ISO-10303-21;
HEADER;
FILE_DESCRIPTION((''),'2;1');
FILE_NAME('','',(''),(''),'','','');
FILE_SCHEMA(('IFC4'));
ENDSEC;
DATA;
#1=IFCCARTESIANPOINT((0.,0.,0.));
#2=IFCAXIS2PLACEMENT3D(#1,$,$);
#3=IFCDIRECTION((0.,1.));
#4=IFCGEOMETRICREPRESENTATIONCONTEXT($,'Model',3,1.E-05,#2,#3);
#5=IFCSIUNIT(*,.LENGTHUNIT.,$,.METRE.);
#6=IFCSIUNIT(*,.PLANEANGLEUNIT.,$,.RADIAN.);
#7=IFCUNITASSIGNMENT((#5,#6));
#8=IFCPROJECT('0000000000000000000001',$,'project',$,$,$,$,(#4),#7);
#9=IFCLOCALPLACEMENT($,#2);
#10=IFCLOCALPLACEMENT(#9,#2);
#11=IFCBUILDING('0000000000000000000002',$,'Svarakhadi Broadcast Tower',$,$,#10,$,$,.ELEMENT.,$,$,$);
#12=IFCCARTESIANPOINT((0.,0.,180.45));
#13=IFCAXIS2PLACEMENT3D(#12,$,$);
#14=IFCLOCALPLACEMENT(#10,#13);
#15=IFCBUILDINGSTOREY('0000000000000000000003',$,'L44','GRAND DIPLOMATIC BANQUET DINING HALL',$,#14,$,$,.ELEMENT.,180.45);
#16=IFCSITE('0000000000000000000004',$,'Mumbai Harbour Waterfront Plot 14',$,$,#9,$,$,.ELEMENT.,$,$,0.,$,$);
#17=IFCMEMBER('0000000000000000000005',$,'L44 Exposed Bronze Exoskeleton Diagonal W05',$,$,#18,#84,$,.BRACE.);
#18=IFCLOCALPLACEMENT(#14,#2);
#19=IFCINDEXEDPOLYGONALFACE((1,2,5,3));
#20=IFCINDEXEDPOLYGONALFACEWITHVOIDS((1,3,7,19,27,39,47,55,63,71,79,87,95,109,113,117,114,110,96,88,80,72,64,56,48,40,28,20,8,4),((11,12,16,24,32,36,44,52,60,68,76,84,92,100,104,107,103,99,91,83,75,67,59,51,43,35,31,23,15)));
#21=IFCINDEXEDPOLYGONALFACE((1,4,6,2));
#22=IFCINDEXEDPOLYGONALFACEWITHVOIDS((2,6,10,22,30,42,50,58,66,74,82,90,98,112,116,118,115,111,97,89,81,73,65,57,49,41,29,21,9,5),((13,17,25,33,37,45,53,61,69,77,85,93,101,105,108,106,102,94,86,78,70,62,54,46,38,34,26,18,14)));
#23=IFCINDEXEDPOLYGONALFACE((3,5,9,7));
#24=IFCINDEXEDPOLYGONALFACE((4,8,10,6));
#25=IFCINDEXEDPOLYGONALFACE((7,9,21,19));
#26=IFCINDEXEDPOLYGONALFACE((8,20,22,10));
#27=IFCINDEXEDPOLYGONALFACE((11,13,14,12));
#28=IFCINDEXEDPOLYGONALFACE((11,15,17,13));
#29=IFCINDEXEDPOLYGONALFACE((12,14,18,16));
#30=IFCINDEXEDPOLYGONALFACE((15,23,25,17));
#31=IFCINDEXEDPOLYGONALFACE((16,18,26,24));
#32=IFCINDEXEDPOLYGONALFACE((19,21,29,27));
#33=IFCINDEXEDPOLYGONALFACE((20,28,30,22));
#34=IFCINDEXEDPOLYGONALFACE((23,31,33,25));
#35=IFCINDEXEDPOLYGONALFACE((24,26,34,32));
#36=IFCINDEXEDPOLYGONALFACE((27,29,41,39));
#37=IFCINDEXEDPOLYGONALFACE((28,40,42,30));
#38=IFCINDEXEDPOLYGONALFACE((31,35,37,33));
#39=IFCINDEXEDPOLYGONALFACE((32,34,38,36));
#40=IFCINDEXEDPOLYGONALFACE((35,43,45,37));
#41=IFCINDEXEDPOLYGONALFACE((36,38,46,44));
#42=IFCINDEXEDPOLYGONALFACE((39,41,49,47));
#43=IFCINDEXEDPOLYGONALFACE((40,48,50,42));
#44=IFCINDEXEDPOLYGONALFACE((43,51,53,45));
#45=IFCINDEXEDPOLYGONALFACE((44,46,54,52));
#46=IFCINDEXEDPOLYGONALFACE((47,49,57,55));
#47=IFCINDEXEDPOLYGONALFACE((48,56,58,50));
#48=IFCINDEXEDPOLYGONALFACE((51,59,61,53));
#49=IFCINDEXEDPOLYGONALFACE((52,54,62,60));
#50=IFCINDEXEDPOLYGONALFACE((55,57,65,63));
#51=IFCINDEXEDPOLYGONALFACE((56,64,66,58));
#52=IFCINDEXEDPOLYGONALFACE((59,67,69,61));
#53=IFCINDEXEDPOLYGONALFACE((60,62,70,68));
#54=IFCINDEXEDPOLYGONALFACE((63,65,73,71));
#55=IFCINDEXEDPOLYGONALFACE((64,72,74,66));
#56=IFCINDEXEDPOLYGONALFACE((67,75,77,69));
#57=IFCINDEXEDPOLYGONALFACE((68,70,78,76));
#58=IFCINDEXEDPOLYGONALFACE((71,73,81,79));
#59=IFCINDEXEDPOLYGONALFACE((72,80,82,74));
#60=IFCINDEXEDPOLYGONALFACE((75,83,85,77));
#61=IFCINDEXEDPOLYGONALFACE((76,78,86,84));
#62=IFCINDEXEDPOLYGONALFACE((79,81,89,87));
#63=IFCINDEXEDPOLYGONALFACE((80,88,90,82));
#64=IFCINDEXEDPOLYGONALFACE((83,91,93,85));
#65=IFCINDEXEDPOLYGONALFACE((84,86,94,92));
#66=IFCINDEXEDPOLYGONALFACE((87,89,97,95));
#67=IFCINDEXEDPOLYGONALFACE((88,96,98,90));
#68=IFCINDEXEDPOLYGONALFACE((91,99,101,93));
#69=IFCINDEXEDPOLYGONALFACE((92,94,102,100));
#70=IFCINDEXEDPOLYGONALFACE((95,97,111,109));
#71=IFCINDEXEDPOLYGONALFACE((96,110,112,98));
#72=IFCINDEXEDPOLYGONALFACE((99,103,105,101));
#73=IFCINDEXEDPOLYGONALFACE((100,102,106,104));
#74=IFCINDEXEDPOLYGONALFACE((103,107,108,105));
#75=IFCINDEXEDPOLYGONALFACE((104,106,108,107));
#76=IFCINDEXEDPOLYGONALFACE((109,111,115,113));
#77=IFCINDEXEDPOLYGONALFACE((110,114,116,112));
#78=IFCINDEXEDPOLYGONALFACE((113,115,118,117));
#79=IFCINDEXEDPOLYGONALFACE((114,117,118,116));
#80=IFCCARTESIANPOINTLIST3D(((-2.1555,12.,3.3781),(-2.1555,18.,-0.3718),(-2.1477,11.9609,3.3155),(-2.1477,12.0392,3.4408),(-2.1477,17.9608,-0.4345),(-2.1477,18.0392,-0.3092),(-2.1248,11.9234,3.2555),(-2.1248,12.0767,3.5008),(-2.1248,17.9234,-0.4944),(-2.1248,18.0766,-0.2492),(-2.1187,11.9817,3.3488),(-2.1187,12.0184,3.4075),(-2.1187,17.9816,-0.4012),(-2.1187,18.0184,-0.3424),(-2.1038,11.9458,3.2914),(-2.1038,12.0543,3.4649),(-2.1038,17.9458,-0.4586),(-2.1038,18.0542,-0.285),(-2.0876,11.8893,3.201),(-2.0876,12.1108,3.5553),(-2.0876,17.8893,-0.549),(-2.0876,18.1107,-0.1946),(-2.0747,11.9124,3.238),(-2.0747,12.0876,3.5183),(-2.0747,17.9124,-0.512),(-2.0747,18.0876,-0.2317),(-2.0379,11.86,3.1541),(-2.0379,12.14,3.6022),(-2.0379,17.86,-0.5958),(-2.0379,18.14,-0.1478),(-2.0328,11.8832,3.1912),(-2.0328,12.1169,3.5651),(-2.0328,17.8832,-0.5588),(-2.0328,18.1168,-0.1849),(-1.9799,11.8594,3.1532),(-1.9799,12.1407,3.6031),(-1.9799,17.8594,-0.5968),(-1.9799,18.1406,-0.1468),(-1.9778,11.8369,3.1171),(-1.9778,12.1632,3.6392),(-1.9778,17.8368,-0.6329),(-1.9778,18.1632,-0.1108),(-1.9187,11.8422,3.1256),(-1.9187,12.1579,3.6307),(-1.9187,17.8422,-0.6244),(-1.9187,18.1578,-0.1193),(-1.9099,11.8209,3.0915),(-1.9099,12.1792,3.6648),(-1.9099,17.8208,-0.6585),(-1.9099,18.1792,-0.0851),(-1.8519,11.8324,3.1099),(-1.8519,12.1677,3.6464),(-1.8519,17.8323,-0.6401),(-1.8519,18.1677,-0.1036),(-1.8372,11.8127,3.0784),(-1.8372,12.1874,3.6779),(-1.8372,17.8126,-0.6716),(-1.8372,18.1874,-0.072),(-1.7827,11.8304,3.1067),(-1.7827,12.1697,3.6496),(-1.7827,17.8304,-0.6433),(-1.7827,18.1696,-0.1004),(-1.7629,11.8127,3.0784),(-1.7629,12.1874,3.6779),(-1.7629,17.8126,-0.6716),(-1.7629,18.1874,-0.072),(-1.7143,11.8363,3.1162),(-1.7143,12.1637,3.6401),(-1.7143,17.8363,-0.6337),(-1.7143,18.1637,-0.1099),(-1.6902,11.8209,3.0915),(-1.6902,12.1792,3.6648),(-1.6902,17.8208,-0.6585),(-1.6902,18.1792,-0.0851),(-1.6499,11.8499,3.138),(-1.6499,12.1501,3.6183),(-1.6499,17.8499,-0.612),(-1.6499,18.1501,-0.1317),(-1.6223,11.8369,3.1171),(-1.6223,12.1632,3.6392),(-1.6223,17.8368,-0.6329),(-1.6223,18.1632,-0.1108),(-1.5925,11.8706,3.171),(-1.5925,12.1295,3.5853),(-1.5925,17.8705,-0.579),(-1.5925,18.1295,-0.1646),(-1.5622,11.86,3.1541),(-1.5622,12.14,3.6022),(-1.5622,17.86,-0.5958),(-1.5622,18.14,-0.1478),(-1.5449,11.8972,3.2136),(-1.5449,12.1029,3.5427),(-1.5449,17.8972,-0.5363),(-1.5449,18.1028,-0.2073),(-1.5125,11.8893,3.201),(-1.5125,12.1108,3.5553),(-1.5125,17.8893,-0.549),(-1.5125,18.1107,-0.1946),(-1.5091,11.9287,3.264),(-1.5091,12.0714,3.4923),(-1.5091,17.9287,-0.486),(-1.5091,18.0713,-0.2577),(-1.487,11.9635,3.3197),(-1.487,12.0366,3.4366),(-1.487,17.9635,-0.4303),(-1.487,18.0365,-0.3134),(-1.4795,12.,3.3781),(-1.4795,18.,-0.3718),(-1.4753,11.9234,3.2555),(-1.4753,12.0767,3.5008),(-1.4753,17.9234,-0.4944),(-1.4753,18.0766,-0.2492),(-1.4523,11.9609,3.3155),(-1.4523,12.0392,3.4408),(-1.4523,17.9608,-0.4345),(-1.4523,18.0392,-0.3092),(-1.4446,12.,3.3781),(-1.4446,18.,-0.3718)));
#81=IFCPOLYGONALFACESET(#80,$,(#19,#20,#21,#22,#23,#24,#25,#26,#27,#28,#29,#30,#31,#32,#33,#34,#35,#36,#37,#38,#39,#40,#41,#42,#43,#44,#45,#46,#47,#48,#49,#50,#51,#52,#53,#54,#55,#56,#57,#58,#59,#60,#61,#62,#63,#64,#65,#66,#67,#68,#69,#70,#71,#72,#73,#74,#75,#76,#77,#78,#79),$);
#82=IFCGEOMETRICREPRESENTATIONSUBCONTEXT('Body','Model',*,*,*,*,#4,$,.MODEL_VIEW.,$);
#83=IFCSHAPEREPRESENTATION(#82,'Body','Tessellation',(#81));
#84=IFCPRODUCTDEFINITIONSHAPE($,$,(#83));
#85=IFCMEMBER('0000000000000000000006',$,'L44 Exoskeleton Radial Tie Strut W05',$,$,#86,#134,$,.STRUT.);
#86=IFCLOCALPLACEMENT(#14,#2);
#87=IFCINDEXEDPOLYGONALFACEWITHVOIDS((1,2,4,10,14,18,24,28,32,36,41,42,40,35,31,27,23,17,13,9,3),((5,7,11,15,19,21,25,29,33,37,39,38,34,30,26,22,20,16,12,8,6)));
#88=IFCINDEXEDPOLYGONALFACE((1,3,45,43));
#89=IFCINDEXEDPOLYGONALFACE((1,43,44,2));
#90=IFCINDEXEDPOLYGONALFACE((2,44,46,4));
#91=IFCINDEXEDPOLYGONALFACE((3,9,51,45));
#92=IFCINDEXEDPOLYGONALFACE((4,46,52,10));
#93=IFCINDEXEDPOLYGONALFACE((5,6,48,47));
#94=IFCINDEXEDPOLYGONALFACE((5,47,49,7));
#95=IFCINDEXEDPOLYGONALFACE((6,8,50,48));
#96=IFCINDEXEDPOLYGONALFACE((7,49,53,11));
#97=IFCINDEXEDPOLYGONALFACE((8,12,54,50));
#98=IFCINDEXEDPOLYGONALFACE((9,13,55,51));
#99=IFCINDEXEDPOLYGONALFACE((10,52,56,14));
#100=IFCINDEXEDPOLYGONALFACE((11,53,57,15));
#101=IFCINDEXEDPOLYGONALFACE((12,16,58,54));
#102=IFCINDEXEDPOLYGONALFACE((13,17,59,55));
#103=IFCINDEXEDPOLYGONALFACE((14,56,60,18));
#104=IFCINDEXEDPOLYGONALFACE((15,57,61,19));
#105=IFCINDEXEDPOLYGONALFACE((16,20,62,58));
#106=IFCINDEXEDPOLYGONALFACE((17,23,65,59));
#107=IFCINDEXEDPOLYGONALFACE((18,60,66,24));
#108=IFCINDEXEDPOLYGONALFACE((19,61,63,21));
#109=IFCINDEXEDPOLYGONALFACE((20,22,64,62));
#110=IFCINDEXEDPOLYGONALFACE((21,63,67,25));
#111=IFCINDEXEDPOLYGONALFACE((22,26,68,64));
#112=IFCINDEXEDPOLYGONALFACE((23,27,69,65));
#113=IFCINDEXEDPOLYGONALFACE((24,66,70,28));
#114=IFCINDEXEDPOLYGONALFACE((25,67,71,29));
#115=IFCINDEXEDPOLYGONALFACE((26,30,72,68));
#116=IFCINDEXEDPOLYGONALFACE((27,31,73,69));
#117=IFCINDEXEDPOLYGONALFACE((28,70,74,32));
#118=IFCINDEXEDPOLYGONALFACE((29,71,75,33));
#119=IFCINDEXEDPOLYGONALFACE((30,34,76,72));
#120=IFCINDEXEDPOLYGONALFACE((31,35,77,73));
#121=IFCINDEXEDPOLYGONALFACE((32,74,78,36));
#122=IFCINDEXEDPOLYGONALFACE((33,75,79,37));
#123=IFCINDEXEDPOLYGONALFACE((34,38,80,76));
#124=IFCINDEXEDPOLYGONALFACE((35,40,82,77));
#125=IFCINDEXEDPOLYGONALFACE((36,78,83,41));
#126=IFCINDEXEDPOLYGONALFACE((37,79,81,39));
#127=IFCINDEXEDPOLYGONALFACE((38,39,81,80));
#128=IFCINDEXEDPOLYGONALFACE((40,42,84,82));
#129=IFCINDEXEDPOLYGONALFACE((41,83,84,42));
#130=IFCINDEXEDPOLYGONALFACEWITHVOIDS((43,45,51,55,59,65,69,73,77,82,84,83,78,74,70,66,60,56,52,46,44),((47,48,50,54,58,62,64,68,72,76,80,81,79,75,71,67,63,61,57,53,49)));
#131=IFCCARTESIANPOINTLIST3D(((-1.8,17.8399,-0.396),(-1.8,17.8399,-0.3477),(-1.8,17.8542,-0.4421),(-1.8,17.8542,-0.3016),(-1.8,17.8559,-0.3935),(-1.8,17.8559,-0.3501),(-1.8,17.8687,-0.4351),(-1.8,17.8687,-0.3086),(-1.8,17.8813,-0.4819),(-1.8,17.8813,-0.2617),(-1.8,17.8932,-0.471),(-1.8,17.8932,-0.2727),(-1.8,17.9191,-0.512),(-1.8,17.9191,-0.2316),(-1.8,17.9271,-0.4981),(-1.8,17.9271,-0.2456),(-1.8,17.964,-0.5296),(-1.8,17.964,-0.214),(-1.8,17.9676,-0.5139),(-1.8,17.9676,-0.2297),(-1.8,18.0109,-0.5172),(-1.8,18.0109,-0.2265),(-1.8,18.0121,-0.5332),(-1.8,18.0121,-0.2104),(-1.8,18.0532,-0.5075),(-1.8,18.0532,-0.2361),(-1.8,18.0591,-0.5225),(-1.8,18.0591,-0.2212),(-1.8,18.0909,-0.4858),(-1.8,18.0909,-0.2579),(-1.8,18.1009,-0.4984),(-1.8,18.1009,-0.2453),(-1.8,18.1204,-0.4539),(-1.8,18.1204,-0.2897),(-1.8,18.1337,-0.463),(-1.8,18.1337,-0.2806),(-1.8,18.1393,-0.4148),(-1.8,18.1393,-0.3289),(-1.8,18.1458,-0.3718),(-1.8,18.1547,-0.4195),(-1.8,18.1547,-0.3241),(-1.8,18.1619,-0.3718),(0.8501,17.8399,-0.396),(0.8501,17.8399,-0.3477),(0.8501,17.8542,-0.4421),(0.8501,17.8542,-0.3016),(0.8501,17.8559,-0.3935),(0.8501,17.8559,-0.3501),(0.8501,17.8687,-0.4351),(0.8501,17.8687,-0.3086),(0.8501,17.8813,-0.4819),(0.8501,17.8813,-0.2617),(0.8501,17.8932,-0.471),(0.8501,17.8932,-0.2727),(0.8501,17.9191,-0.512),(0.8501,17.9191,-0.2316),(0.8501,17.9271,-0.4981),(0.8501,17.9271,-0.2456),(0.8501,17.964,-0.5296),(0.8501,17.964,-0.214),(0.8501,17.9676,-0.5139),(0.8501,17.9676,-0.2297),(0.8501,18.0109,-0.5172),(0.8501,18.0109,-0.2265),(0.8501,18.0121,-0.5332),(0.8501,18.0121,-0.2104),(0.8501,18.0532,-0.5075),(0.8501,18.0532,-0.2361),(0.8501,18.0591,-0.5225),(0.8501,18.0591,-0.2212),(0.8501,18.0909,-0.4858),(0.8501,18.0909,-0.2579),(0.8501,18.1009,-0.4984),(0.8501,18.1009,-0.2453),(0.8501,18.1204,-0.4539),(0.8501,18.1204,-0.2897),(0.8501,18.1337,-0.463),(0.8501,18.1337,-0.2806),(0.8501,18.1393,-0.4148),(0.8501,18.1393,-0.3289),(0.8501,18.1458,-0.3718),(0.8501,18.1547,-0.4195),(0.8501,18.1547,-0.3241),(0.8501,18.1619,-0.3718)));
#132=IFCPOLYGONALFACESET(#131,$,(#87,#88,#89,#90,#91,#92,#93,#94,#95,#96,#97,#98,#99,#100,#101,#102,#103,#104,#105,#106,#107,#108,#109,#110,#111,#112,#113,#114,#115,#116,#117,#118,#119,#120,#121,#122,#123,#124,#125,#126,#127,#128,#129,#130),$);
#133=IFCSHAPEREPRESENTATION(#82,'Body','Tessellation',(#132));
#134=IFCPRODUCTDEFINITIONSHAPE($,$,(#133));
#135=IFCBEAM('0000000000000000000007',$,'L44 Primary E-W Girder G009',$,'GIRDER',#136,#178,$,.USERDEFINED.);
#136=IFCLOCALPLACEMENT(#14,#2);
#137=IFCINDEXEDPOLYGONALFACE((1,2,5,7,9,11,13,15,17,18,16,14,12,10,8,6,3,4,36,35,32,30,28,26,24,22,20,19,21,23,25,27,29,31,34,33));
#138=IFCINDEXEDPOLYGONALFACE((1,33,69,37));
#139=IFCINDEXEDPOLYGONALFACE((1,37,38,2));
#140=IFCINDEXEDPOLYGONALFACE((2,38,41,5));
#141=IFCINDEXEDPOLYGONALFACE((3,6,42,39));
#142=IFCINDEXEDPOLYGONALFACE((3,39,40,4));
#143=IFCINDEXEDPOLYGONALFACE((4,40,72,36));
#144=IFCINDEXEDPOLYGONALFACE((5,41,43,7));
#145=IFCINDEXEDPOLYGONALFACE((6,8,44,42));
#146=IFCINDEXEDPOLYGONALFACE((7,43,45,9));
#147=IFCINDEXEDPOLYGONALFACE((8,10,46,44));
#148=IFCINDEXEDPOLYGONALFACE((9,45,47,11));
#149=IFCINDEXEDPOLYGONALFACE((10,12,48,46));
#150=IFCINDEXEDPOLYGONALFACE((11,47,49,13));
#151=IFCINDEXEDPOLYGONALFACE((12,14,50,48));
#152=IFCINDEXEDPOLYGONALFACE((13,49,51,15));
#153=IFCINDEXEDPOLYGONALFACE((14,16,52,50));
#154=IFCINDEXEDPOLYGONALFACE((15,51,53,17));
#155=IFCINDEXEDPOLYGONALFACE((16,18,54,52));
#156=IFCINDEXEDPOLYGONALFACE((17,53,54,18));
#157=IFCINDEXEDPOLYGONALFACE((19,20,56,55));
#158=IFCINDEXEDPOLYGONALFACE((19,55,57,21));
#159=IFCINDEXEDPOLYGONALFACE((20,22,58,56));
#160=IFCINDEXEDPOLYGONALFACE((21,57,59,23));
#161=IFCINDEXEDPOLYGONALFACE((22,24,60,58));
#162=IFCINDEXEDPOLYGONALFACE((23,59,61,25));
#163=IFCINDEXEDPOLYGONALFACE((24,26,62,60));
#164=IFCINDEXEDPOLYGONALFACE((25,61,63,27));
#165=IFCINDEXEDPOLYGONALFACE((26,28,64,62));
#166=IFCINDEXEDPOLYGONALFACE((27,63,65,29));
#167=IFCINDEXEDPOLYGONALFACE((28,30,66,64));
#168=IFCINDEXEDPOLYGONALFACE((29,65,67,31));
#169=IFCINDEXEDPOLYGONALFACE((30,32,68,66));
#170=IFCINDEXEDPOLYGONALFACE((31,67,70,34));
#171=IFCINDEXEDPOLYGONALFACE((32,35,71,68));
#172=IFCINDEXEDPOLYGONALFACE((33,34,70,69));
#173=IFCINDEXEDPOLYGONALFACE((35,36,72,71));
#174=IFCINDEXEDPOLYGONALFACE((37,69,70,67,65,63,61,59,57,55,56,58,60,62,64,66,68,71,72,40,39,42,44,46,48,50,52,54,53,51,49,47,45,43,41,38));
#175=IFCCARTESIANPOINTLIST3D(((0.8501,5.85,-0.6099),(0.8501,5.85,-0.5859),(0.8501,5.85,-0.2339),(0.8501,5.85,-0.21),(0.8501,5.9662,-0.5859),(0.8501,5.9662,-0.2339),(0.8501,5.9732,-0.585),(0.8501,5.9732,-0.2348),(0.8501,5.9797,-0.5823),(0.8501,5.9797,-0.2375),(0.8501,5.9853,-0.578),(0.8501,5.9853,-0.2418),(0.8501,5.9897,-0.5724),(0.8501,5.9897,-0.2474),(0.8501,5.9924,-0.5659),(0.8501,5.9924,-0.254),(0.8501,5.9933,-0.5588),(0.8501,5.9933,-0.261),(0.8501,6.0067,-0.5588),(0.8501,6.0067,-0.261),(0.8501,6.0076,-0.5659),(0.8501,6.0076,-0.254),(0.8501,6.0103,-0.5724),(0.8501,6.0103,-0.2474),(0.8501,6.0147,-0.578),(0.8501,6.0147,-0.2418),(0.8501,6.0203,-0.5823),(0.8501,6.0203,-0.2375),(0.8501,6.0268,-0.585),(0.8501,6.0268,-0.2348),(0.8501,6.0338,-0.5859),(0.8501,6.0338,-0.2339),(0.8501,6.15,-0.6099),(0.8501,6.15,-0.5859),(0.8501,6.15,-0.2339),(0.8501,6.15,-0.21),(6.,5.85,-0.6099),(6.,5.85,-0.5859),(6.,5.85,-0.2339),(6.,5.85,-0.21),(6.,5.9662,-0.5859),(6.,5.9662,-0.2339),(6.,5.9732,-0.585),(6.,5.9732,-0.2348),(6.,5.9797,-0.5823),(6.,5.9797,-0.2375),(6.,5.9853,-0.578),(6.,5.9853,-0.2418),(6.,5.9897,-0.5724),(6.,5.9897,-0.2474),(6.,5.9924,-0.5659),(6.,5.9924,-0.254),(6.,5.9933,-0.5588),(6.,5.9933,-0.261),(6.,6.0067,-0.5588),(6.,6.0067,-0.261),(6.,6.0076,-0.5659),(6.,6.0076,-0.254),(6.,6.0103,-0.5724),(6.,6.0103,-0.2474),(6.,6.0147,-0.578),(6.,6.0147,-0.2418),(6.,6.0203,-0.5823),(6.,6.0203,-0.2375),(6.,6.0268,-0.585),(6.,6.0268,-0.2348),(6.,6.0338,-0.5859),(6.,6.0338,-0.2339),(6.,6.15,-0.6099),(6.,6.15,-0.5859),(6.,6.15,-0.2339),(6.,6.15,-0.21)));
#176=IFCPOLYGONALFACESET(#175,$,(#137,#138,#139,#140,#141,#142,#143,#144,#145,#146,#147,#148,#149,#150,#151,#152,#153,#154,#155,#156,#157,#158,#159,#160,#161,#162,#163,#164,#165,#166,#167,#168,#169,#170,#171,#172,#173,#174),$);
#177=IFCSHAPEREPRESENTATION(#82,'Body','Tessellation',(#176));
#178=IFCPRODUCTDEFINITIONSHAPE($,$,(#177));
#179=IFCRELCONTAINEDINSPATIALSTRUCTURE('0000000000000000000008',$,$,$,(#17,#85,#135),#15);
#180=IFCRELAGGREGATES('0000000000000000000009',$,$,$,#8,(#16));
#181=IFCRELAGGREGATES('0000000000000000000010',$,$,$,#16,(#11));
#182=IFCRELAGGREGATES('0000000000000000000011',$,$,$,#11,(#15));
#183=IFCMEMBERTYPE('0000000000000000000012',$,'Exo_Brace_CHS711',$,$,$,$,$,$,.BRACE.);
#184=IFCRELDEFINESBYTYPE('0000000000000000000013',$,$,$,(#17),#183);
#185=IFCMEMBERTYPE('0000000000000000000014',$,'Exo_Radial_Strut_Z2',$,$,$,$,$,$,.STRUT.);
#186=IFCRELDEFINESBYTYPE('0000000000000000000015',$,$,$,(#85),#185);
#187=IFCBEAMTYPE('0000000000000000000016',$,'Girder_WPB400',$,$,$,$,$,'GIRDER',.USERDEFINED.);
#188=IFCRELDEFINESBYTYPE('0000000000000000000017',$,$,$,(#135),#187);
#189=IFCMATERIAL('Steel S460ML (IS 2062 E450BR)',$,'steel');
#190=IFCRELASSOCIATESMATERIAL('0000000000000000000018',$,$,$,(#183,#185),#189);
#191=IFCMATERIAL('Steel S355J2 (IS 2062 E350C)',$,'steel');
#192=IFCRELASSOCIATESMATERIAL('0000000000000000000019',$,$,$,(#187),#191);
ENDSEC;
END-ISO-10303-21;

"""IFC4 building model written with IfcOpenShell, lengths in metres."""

from ifc_helpers import new_model, si_unit, direction, frame, origin, origin_2d, place, context, subcontext, project, spatial, hollow_circle, i_section, extrude, material, material_profile, profile_set, type_object, element, save


model = new_model("IFC4")

# Units and contexts
model_context = context("Model", 3, precision=1e-05, world=origin(), true_north=direction((0.0, 1.0)))
body_context = subcontext(model_context, "Body", "Model", "MODEL_VIEW")
ifc_project = project(units=[si_unit("LENGTHUNIT", "METRE"), si_unit("PLANEANGLEUNIT", "RADIAN")], contexts=[model_context])

# Site, building, storey
site_placement = place(None, origin())
site = spatial("IfcSite", under=ifc_project, at=site_placement, Name="Mumbai Harbour Waterfront Plot 14", CompositionType="ELEMENT", RefElevation=0.0)
building_placement = place(site_placement, origin())
building = spatial("IfcBuilding", under=site, at=building_placement, Name="Svarakhadi Broadcast Tower", CompositionType="ELEMENT")
storey_placement = place(building_placement, frame((0.0, 0.0, 180.45)))
storey = spatial("IfcBuildingStorey", under=building, at=storey_placement, Name="L44", Description="GRAND DIPLOMATIC BANQUET DINING HALL", CompositionType="ELEMENT", Elevation=180.45)

# Shared definitions
ifc_material_1 = material(Name="Steel S460ML (IS 2062 E450BR)", Category="steel")

# Shared definitions
ifc_material_2 = material(Name="Steel S355J2 (IS 2062 E350C)", Category="steel")

# Members
ifc_material_profile_1 = material_profile(ifc_material_1, hollow_circle(Radius=0.3555, WallThickness=0.0349, at=origin_2d()), Name="CHS 711x35")
ifc_profile_set_1 = profile_set([ifc_material_profile_1], Name="Steel S460ML (IS 2062 E450BR)")
member_type_1 = type_object("IfcMemberType", Name="Exo_Brace_CHS711", PredefinedType="BRACE", material=ifc_profile_set_1)
for number, where, z_axis, x_axis, name in (
    (1, (-1.8, 18.0, -0.3718), (0.0, -0.847998, 0.529999), (1.0, 0.0, 0.0), "L44 Exposed Bronze Exoskeleton Diagonal W05"),
):
    element("IfcMember", number, at=place(storey_placement, frame(where, z_axis=z_axis, x_axis=x_axis)), inside=storey, type_object=member_type_1, Name=name, PredefinedType="BRACE", context=body_context, shape_type="SweptSolid", body=[
        extrude(hollow_circle(Radius=0.3555, WallThickness=0.0349, at=origin_2d()), origin(), (0.0, 0.0, 1.0), 7.0754),
    ])
ifc_material_profile_2 = material_profile(ifc_material_1, hollow_circle(Radius=0.1619, WallThickness=0.0161, at=origin_2d()), Name="CHS 323.9x16")
ifc_profile_set_2 = profile_set([ifc_material_profile_2], Name="Steel S460ML (IS 2062 E450BR)")
member_type_2 = type_object("IfcMemberType", Name="Exo_Radial_Strut_Z2", PredefinedType="STRUT", material=ifc_profile_set_2)
member_1_placement = place(storey_placement, frame((-1.8, 18.0, -0.3718), z_axis=(1.0, 0.0, 0.0), x_axis=(0.0, 1.0, 0.0)))
element("IfcMember", 2, at=member_1_placement, inside=storey, type_object=member_type_2, Name="L44 Exoskeleton Radial Tie Strut W05", PredefinedType="STRUT", context=body_context, shape_type="SweptSolid", body=[
    extrude(hollow_circle(Radius=0.1619, WallThickness=0.0161, at=origin_2d()), origin(), (0.0, 0.0, 1.0), 2.6501),
])

# Beam
ifc_material_profile_3 = material_profile(ifc_material_2, i_section(OverallWidth=0.3, OverallDepth=0.3999, WebThickness=0.0134, FlangeThickness=0.0239, FilletRadius=0.0271, at=origin_2d()), Name="WPB 400x300x155")
ifc_profile_set_3 = profile_set([ifc_material_profile_3], Name="Steel S355J2 (IS 2062 E350C)")
beam_type_1 = type_object("IfcBeamType", Name="Girder_WPB400", ElementType="GIRDER", PredefinedType="USERDEFINED", material=ifc_profile_set_3)
for number, where, z_axis, x_axis, name in (
    (3, (0.8501, 6.0, -0.4099), (1.0, 0.0, 0.0), (0.0, 1.0, 0.0), "L44 Primary E-W Girder G009"),
):
    element("IfcBeam", number, at=place(storey_placement, frame(where, z_axis=z_axis, x_axis=x_axis)), inside=storey, type_object=beam_type_1, Name=name, ObjectType="GIRDER", PredefinedType="USERDEFINED", context=body_context, shape_type="SweptSolid", body=[
        extrude(i_section(OverallWidth=0.3, OverallDepth=0.3999, WebThickness=0.0134, FlangeThickness=0.0239, FilletRadius=0.0271, at=origin_2d()), origin(), (0.0, 0.0, 1.0), 5.1499),
    ])

save(model, "model.ifc")
